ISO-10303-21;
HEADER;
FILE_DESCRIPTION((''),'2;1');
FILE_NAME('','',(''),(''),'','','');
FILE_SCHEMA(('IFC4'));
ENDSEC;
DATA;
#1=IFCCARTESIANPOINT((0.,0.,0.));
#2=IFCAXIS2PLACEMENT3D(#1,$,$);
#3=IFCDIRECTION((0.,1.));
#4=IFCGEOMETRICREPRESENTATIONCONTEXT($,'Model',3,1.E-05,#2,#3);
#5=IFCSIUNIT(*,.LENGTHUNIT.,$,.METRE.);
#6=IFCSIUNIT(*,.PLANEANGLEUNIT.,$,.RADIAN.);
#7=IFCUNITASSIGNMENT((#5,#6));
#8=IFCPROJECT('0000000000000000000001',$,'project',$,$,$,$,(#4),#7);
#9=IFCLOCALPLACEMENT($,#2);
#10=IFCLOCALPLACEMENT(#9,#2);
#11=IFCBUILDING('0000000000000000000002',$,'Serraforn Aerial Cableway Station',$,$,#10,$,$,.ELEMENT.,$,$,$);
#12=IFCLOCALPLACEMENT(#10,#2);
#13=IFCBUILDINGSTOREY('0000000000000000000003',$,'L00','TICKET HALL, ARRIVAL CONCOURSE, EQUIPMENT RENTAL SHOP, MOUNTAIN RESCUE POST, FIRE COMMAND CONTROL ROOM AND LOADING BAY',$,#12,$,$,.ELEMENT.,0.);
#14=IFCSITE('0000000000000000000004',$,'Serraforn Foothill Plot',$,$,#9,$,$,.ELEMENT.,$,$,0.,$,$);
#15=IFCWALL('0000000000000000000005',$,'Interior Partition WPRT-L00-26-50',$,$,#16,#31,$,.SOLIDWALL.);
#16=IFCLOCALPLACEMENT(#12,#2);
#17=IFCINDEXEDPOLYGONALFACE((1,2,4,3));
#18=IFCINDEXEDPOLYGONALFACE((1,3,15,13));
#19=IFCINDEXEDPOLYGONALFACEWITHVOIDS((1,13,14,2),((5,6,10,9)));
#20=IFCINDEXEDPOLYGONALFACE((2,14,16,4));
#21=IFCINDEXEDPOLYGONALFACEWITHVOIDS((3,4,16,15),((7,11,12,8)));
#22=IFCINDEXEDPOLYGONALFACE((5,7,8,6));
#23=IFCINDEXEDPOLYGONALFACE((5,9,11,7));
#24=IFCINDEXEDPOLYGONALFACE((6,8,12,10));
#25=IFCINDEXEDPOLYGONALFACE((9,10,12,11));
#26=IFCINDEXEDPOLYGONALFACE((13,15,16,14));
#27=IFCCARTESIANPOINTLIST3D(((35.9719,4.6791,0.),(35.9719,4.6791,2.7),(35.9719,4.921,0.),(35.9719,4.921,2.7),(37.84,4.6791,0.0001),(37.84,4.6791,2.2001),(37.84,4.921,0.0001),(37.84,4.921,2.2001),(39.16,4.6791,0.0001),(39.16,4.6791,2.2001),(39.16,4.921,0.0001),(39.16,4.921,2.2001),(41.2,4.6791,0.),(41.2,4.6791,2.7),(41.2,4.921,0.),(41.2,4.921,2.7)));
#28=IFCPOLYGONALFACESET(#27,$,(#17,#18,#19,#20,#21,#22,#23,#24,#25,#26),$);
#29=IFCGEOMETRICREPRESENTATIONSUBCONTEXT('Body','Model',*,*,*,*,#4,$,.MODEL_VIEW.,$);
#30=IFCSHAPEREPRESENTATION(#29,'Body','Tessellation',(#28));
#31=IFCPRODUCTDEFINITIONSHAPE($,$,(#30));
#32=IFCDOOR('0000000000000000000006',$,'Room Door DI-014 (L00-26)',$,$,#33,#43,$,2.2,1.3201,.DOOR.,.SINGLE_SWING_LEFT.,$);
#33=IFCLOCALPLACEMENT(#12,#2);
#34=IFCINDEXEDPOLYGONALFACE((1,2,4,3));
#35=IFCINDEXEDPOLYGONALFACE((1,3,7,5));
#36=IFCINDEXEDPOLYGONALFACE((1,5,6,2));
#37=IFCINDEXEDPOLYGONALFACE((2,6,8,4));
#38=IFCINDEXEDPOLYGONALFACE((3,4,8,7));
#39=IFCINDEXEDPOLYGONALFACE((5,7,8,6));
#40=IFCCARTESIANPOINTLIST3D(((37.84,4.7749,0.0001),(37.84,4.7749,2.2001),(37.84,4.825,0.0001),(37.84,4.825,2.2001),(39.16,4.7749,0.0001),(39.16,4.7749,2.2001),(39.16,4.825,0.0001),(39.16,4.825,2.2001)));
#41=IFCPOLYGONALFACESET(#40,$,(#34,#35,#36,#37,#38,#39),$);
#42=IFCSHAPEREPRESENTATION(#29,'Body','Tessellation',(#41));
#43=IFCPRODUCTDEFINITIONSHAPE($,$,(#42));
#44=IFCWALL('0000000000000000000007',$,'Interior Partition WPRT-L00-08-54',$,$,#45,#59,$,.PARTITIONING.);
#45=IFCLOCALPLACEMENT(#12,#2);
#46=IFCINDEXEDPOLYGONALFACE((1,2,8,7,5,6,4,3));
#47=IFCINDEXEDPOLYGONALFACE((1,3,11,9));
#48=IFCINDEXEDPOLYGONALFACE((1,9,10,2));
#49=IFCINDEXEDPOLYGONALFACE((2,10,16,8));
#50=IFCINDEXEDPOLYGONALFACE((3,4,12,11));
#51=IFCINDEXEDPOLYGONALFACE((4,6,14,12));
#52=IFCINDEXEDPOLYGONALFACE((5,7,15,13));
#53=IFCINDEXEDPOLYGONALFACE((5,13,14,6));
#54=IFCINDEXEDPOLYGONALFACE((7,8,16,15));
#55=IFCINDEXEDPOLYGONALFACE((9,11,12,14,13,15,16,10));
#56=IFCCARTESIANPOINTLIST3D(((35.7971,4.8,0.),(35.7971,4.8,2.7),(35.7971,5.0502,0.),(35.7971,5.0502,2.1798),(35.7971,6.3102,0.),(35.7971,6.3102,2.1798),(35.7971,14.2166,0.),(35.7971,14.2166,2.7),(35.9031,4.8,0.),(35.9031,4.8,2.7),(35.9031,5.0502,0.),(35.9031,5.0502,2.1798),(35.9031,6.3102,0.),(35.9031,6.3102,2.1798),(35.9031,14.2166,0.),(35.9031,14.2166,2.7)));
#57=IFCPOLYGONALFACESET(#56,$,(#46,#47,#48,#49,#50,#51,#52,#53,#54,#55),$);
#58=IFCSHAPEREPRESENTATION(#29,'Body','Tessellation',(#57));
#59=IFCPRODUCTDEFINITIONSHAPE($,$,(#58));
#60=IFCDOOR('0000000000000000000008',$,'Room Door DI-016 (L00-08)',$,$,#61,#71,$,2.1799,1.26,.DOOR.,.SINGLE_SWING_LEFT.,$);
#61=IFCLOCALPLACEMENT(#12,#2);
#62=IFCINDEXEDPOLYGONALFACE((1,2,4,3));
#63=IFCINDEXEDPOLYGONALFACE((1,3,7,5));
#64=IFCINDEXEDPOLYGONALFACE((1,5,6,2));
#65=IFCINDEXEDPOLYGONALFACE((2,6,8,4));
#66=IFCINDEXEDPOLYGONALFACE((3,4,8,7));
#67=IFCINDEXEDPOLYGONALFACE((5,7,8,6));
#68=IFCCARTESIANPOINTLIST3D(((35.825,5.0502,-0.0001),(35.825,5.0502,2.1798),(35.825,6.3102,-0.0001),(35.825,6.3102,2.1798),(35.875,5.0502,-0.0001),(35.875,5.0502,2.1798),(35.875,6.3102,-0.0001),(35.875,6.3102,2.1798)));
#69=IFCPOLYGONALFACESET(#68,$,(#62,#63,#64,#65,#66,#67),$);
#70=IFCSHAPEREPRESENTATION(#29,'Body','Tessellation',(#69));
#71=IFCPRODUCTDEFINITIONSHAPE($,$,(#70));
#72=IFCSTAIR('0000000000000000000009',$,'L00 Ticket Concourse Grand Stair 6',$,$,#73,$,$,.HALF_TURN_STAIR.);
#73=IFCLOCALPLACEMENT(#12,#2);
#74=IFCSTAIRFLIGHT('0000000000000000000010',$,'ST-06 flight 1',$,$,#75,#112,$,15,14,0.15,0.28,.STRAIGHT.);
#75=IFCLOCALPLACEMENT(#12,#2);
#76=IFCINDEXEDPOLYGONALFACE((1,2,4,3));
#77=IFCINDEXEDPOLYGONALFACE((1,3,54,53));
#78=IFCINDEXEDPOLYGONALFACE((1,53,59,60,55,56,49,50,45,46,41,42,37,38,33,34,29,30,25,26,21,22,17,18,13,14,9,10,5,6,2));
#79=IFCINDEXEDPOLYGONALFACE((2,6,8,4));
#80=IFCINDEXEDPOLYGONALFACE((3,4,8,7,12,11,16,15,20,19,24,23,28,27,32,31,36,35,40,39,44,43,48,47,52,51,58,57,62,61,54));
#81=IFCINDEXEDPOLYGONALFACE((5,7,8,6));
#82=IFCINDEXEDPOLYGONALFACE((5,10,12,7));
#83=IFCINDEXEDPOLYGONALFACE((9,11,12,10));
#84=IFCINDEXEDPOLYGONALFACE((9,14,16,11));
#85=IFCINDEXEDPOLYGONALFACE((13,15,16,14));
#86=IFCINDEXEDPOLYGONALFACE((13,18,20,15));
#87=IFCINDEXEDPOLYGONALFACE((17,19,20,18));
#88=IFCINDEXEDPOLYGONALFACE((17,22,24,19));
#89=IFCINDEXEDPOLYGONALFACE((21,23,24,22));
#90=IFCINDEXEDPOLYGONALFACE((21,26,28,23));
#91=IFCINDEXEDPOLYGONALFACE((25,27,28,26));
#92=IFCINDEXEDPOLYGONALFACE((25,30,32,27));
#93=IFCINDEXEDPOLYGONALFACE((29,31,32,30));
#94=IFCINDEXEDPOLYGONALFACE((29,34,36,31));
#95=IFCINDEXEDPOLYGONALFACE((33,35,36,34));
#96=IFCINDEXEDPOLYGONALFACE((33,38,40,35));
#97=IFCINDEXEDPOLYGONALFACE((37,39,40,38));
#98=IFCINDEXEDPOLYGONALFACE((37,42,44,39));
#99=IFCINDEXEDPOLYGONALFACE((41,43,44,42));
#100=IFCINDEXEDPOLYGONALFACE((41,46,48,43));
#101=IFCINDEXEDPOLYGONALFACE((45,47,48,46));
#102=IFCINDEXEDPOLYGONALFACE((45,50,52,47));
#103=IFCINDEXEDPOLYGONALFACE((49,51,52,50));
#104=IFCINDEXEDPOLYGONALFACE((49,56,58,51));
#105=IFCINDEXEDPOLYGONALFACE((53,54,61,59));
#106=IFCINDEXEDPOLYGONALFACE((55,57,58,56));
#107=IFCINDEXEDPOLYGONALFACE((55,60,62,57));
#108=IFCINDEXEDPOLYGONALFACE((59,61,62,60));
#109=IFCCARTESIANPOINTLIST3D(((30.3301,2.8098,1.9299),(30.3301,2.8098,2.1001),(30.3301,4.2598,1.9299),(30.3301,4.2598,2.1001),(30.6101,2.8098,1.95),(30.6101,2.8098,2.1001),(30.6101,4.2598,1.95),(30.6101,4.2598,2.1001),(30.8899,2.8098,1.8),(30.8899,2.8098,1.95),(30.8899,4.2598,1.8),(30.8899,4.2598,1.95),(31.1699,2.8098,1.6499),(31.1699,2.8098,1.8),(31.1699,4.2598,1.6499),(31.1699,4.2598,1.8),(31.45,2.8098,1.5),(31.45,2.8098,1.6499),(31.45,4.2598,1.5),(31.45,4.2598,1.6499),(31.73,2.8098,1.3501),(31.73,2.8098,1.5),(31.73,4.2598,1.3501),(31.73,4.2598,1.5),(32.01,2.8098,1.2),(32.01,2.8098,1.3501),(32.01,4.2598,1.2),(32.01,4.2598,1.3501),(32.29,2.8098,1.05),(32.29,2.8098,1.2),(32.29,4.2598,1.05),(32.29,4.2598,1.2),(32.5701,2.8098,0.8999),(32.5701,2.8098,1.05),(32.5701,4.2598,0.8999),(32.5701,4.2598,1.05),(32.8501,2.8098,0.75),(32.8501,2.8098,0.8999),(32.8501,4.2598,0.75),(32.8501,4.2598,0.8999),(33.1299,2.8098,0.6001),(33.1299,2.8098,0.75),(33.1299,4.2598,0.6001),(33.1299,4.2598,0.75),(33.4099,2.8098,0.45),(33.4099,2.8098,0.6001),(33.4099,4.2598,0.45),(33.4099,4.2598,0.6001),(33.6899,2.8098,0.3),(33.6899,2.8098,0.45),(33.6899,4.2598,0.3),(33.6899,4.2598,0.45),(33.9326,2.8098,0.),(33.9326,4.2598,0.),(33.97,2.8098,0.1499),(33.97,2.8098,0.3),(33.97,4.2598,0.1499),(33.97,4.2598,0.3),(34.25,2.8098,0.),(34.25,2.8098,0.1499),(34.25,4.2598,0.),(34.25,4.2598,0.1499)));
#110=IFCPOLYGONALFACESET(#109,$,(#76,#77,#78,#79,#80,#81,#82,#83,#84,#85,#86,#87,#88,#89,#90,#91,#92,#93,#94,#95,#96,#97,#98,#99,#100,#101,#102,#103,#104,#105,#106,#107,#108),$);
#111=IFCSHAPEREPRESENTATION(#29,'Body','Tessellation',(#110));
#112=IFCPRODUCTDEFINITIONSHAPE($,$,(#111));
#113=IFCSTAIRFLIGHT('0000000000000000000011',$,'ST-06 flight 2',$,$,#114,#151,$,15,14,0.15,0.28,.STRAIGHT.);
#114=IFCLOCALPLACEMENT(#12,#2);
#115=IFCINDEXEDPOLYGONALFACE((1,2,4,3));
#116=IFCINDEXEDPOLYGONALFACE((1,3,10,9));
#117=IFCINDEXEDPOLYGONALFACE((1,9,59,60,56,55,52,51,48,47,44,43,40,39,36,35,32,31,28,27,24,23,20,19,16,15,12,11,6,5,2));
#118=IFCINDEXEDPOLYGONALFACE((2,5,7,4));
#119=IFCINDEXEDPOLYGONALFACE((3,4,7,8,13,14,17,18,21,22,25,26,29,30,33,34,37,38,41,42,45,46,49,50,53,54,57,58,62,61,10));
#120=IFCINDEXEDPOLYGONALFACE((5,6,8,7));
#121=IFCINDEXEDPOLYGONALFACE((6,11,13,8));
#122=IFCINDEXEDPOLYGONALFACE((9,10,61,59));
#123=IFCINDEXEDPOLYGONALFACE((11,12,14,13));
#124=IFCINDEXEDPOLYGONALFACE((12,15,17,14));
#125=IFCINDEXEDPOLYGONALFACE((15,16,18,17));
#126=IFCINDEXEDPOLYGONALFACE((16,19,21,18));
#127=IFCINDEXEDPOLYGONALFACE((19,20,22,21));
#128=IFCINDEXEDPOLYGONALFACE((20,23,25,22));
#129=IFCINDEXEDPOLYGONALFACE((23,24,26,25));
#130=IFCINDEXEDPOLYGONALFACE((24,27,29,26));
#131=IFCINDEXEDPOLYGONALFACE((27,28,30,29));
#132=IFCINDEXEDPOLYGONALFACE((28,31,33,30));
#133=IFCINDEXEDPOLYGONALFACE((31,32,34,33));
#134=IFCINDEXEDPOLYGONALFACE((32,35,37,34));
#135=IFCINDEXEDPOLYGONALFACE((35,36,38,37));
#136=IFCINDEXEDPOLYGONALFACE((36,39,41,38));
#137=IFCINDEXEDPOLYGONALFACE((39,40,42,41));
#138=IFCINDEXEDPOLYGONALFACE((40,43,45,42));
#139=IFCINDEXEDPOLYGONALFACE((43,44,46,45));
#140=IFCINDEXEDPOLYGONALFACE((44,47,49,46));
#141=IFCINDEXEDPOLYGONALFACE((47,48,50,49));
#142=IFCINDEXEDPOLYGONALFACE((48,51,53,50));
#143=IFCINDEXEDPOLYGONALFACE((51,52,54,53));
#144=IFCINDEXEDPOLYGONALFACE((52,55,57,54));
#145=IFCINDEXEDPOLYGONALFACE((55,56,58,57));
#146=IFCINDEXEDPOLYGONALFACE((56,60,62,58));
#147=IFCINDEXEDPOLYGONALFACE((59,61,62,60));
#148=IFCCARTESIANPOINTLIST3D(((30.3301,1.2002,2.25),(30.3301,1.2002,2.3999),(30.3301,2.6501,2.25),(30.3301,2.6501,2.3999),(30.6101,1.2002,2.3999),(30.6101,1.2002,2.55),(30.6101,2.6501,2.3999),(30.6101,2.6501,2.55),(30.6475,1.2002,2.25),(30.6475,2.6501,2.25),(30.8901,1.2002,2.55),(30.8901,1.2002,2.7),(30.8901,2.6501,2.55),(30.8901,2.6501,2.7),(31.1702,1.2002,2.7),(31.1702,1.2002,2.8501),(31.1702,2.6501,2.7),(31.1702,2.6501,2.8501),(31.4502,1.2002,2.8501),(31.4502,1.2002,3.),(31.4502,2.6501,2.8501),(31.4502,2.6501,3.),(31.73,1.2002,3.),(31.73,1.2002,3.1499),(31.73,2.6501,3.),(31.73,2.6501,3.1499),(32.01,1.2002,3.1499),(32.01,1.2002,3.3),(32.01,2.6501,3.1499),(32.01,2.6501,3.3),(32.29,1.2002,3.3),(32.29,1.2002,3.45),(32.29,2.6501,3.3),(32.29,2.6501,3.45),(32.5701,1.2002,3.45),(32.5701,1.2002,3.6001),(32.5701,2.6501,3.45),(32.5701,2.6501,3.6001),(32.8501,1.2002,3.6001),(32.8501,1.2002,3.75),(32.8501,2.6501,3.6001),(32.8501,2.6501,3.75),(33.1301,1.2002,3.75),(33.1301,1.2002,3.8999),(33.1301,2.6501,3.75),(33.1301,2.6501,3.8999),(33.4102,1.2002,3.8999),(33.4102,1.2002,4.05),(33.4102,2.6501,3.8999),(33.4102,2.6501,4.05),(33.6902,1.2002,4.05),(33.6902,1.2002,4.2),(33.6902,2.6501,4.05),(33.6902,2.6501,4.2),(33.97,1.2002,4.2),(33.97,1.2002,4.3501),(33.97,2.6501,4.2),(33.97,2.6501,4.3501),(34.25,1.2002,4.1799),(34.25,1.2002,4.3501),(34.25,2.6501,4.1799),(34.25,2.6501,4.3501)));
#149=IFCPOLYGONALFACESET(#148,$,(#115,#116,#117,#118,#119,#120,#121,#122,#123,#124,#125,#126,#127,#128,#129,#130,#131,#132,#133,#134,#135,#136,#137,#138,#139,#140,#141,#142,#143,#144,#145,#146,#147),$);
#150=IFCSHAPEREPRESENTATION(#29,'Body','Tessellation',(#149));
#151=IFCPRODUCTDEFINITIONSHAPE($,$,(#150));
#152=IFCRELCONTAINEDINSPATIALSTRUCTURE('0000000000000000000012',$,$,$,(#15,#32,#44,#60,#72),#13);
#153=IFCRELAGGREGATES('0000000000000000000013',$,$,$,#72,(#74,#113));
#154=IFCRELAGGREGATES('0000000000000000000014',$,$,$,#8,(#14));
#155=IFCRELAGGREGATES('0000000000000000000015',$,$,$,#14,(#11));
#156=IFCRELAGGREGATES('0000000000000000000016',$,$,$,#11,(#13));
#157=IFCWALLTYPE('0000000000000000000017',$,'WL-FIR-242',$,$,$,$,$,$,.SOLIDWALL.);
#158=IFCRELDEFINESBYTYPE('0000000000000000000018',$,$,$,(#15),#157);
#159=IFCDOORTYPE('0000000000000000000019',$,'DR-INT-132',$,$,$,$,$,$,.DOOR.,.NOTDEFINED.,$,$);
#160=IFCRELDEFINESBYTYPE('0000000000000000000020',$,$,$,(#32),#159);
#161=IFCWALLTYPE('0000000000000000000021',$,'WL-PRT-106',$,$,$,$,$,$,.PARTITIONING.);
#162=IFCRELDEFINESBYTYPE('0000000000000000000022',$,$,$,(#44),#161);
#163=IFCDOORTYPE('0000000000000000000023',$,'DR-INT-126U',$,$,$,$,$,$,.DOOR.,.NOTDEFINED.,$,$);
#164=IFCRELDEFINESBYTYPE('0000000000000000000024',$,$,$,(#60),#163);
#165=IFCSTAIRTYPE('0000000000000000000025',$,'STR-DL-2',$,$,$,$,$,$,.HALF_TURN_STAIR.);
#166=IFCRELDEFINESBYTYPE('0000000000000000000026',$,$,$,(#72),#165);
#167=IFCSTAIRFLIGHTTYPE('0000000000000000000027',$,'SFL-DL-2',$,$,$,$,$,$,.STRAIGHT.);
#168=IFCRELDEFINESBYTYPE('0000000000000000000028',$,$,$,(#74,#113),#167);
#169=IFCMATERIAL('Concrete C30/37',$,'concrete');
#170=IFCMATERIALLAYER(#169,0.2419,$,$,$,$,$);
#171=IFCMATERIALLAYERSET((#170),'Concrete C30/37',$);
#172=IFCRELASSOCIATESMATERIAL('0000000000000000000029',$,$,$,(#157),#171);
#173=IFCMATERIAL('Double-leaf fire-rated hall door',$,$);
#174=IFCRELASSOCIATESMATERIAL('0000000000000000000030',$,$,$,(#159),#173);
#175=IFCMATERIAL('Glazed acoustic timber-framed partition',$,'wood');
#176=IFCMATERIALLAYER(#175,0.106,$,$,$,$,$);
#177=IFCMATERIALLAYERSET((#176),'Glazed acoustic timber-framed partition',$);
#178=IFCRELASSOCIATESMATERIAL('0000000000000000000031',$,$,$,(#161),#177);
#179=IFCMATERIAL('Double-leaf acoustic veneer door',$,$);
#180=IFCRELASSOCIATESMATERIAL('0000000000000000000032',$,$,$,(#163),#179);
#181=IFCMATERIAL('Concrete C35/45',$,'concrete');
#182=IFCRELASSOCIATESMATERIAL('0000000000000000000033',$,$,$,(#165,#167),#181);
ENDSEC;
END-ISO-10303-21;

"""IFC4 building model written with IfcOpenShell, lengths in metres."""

from ifc_helpers import new_model, si_unit, direction, frame, frame_2d, origin, place, context, subcontext, project, spatial, polyline, rectangle, outline, extrude, material, layer, layer_set, type_object, element, fill, aggregate, save


model = new_model("IFC4")

# Units and contexts
model_context = context("Model", 3, precision=1e-05, world=origin(), true_north=direction((0.0, 1.0)))
body_context = subcontext(model_context, "Body", "Model", "MODEL_VIEW")
ifc_project = project(units=[si_unit("LENGTHUNIT", "METRE"), si_unit("PLANEANGLEUNIT", "RADIAN")], contexts=[model_context])

# Site, building, storey
site_placement = place(None, origin())
site = spatial("IfcSite", under=ifc_project, at=site_placement, Name="Serraforn Foothill Plot", CompositionType="ELEMENT", RefElevation=0.0)
building_placement = place(site_placement, origin())
building = spatial("IfcBuilding", under=site, at=building_placement, Name="Serraforn Aerial Cableway Station", CompositionType="ELEMENT")
storey_placement = place(building_placement, origin())
storey = spatial("IfcBuildingStorey", under=building, at=storey_placement, Name="L00", Description="TICKET HALL, ARRIVAL CONCOURSE, EQUIPMENT RENTAL SHOP, MOUNTAIN RESCUE POST, FIRE COMMAND CONTROL ROOM AND LOADING BAY", CompositionType="ELEMENT", Elevation=0.0)

# Shared definitions
ifc_material_1 = material(Name="Concrete C35/45", Category="concrete")

# Shared definitions
ifc_material_2 = material(Name="Concrete C30/37", Category="concrete")
ifc_layer_1 = layer(ifc_material_2, 0.2419)
ifc_layer_set_1 = layer_set([ifc_layer_1], Name="Concrete C30/37")
wall_type_1 = type_object("IfcWallType", Name="WL-FIR-242", PredefinedType="SOLIDWALL", material=ifc_layer_set_1)

# Walls, openings, doors
wall_1_placement = place(storey_placement, frame((35.9719, 4.8, 0.0), z_axis=(0.0, 0.0, 1.0), x_axis=(1.0, 0.0, 0.0)))
wall_1 = element("IfcWall", 1, at=wall_1_placement, inside=storey, type_object=wall_type_1, Name="Interior Partition WPRT-L00-26-50", PredefinedType="SOLIDWALL", context=body_context, shape_type="SweptSolid", body=[
    extrude(rectangle(XDim=5.228, YDim=0.2419, at=frame_2d((2.614, 0.0))), origin(), (0.0, 0.0, 1.0), 2.7),
])
opening_1_placement = place(wall_1_placement, frame((1.8679, 0.0, 0.0)))
opening_1 = element("IfcOpeningElement", 2, at=opening_1_placement, cuts=wall_1, PredefinedType="OPENING", context=body_context, shape_type="SweptSolid", body=[
    extrude(rectangle(XDim=1.3201, YDim=2.2, at=frame_2d((0.6602, 1.1001))), frame((0.0, 0.1309, 0.0), z_axis=(0.0, -1.0, 0.0), x_axis=(1.0, 0.0, 0.0)), (0.0, 0.0, 1.0), 0.262),
])
ifc_material_3 = material(Name="Double-leaf fire-rated hall door")
door_type_1 = type_object("IfcDoorType", Name="DR-INT-132", OperationType="NOTDEFINED", PredefinedType="DOOR", material=ifc_material_3)
door_1_placement = place(opening_1_placement, origin())
door_1 = element("IfcDoor", 3, at=door_1_placement, inside=storey, type_object=door_type_1, Name="Room Door DI-014 (L00-26)", OperationType="SINGLE_SWING_LEFT", OverallHeight=2.2, OverallWidth=1.3201, PredefinedType="DOOR", context=body_context, shape_type="SweptSolid", body=[
    extrude(rectangle(XDim=1.3201, YDim=2.2, at=frame_2d((0.6602, 1.1001))), frame((0.0, 0.0249, 0.0), z_axis=(0.0, -1.0, 0.0), x_axis=(1.0, 0.0, 0.0)), (0.0, 0.0, 1.0), 0.05),
])
fill(opening_1, door_1)
ifc_material_4 = material(Name="Glazed acoustic timber-framed partition", Category="wood")
ifc_layer_2 = layer(ifc_material_4, 0.106)
ifc_layer_set_2 = layer_set([ifc_layer_2], Name="Glazed acoustic timber-framed partition")
wall_type_2 = type_object("IfcWallType", Name="WL-PRT-106", PredefinedType="PARTITIONING", material=ifc_layer_set_2)
wall_2_placement = place(storey_placement, frame((35.8501, 14.2166, 0.0), z_axis=(0.0, 0.0, 1.0), x_axis=(0.0, -1.0, 0.0)))
wall_2 = element("IfcWall", 4, at=wall_2_placement, inside=storey, type_object=wall_type_2, Name="Interior Partition WPRT-L00-08-54", PredefinedType="PARTITIONING", context=body_context, shape_type="SweptSolid", body=[
    extrude(rectangle(XDim=9.4165, YDim=0.106, at=frame_2d((4.7083, 0.0))), origin(), (0.0, 0.0, 1.0), 2.7),
])
opening_2_placement = place(wall_2_placement, frame((7.9065, 0.0, 0.0)))
opening_2 = element("IfcOpeningElement", 5, at=opening_2_placement, cuts=wall_2, PredefinedType="OPENING", context=body_context, shape_type="SweptSolid", body=[
    extrude(rectangle(XDim=1.26, YDim=2.1799, at=frame_2d((0.6299, 1.0898))), frame((0.0, 0.063, 0.0), z_axis=(0.0, -1.0, 0.0), x_axis=(1.0, 0.0, 0.0)), (0.0, 0.0, 1.0), 0.126),
])
ifc_material_5 = material(Name="Double-leaf acoustic veneer door")
door_type_2 = type_object("IfcDoorType", Name="DR-INT-126U", OperationType="NOTDEFINED", PredefinedType="DOOR", material=ifc_material_5)
door_2_placement = place(opening_2_placement, origin())
door_2 = element("IfcDoor", 6, at=door_2_placement, inside=storey, type_object=door_type_2, Name="Room Door DI-016 (L00-08)", OperationType="SINGLE_SWING_LEFT", OverallHeight=2.1799, OverallWidth=1.26, PredefinedType="DOOR", context=body_context, shape_type="SweptSolid", body=[
    extrude(rectangle(XDim=1.26, YDim=2.1799, at=frame_2d((0.6299, 1.0898))), frame((0.0, 0.0249, 0.0), z_axis=(0.0, -1.0, 0.0), x_axis=(1.0, 0.0, 0.0)), (0.0, 0.0, 1.0), 0.05),
])
fill(opening_2, door_2)

# Stair, stair flights
stair_type = type_object("IfcStairType", Name="STR-DL-2", PredefinedType="HALF_TURN_STAIR", material=ifc_material_1)
stair_placement = place(storey_placement, origin())
stair = element("IfcStair", 7, at=stair_placement, inside=storey, type_object=stair_type, Name="L00 Ticket Concourse Grand Stair 6", PredefinedType="HALF_TURN_STAIR")
stair_flight_type = type_object("IfcStairFlightType", Name="SFL-DL-2", PredefinedType="STRAIGHT", material=ifc_material_1)
stair_flight_1_placement = place(storey_placement, frame((34.25, 3.5349, 0.0), z_axis=(0.0, 0.0, 1.0), x_axis=(-1.0, 0.0, 0.0)))
stair_flight_1 = element("IfcStairFlight", 8, at=stair_flight_1_placement, type_object=stair_flight_type, Name="ST-06 flight 1", NumberOfRisers=15, NumberOfTreads=14, PredefinedType="STRAIGHT", RiserHeight=0.15, TreadLength=0.28, context=body_context, shape_type="SweptSolid", body=[
    extrude(outline(polyline([(0.0, 0.0), (0.0, 0.1499), (0.28, 0.1499), (0.28, 0.3), (0.5601, 0.3), (0.5601, 0.45), (0.8401, 0.45), (0.8401, 0.6001), (1.1201, 0.6001), (1.1201, 0.75), (1.3999, 0.75), (1.3999, 0.8999), (1.6799, 0.8999), (1.6799, 1.05), (1.96, 1.05), (1.96, 1.2), (2.24, 1.2), (2.24, 1.3501), (2.52, 1.3501), (2.52, 1.5), (2.8, 1.5), (2.8, 1.6499), (3.0801, 1.6499), (3.0801, 1.8), (3.3601, 1.8), (3.3601, 1.95), (3.6399, 1.95), (3.6399, 2.1001), (3.9199, 2.1001), (3.9199, 2.25), (3.9199, 1.9299), (0.3174, 0.0), (0.0, 0.0)])), frame((0.0, 0.7251, 0.0), z_axis=(0.0, -1.0, 0.0), x_axis=(1.0, 0.0, 0.0)), (0.0, 0.0, 1.0), 1.45),
])
stair_flight_2_placement = place(storey_placement, frame((30.3301, 1.925, 2.25), z_axis=(0.0, 0.0, 1.0), x_axis=(1.0, 0.0, 0.0)))
stair_flight_2 = element("IfcStairFlight", 9, at=stair_flight_2_placement, type_object=stair_flight_type, Name="ST-06 flight 2", NumberOfRisers=15, NumberOfTreads=14, PredefinedType="STRAIGHT", RiserHeight=0.15, TreadLength=0.28, context=body_context, shape_type="SweptSolid", body=[
    extrude(outline(polyline([(0.0, 0.0), (0.0, 0.1499), (0.28, 0.1499), (0.28, 0.3), (0.5601, 0.3), (0.5601, 0.45), (0.8401, 0.45), (0.8401, 0.6001), (1.1201, 0.6001), (1.1201, 0.75), (1.3999, 0.75), (1.3999, 0.8999), (1.6799, 0.8999), (1.6799, 1.05), (1.96, 1.05), (1.96, 1.2), (2.24, 1.2), (2.24, 1.3501), (2.52, 1.3501), (2.52, 1.5), (2.8, 1.5), (2.8, 1.6499), (3.0801, 1.6499), (3.0801, 1.8), (3.3601, 1.8), (3.3601, 1.95), (3.6399, 1.95), (3.6399, 2.1001), (3.9199, 2.1001), (3.9199, 2.25), (3.9199, 1.9299), (0.3174, 0.0), (0.0, 0.0)])), frame((0.0, 0.7251, 0.0), z_axis=(0.0, -1.0, 0.0), x_axis=(1.0, 0.0, 0.0)), (0.0, 0.0, 1.0), 1.45),
])
aggregate(stair, [stair_flight_1, stair_flight_2])

save(model, "model.ifc")
